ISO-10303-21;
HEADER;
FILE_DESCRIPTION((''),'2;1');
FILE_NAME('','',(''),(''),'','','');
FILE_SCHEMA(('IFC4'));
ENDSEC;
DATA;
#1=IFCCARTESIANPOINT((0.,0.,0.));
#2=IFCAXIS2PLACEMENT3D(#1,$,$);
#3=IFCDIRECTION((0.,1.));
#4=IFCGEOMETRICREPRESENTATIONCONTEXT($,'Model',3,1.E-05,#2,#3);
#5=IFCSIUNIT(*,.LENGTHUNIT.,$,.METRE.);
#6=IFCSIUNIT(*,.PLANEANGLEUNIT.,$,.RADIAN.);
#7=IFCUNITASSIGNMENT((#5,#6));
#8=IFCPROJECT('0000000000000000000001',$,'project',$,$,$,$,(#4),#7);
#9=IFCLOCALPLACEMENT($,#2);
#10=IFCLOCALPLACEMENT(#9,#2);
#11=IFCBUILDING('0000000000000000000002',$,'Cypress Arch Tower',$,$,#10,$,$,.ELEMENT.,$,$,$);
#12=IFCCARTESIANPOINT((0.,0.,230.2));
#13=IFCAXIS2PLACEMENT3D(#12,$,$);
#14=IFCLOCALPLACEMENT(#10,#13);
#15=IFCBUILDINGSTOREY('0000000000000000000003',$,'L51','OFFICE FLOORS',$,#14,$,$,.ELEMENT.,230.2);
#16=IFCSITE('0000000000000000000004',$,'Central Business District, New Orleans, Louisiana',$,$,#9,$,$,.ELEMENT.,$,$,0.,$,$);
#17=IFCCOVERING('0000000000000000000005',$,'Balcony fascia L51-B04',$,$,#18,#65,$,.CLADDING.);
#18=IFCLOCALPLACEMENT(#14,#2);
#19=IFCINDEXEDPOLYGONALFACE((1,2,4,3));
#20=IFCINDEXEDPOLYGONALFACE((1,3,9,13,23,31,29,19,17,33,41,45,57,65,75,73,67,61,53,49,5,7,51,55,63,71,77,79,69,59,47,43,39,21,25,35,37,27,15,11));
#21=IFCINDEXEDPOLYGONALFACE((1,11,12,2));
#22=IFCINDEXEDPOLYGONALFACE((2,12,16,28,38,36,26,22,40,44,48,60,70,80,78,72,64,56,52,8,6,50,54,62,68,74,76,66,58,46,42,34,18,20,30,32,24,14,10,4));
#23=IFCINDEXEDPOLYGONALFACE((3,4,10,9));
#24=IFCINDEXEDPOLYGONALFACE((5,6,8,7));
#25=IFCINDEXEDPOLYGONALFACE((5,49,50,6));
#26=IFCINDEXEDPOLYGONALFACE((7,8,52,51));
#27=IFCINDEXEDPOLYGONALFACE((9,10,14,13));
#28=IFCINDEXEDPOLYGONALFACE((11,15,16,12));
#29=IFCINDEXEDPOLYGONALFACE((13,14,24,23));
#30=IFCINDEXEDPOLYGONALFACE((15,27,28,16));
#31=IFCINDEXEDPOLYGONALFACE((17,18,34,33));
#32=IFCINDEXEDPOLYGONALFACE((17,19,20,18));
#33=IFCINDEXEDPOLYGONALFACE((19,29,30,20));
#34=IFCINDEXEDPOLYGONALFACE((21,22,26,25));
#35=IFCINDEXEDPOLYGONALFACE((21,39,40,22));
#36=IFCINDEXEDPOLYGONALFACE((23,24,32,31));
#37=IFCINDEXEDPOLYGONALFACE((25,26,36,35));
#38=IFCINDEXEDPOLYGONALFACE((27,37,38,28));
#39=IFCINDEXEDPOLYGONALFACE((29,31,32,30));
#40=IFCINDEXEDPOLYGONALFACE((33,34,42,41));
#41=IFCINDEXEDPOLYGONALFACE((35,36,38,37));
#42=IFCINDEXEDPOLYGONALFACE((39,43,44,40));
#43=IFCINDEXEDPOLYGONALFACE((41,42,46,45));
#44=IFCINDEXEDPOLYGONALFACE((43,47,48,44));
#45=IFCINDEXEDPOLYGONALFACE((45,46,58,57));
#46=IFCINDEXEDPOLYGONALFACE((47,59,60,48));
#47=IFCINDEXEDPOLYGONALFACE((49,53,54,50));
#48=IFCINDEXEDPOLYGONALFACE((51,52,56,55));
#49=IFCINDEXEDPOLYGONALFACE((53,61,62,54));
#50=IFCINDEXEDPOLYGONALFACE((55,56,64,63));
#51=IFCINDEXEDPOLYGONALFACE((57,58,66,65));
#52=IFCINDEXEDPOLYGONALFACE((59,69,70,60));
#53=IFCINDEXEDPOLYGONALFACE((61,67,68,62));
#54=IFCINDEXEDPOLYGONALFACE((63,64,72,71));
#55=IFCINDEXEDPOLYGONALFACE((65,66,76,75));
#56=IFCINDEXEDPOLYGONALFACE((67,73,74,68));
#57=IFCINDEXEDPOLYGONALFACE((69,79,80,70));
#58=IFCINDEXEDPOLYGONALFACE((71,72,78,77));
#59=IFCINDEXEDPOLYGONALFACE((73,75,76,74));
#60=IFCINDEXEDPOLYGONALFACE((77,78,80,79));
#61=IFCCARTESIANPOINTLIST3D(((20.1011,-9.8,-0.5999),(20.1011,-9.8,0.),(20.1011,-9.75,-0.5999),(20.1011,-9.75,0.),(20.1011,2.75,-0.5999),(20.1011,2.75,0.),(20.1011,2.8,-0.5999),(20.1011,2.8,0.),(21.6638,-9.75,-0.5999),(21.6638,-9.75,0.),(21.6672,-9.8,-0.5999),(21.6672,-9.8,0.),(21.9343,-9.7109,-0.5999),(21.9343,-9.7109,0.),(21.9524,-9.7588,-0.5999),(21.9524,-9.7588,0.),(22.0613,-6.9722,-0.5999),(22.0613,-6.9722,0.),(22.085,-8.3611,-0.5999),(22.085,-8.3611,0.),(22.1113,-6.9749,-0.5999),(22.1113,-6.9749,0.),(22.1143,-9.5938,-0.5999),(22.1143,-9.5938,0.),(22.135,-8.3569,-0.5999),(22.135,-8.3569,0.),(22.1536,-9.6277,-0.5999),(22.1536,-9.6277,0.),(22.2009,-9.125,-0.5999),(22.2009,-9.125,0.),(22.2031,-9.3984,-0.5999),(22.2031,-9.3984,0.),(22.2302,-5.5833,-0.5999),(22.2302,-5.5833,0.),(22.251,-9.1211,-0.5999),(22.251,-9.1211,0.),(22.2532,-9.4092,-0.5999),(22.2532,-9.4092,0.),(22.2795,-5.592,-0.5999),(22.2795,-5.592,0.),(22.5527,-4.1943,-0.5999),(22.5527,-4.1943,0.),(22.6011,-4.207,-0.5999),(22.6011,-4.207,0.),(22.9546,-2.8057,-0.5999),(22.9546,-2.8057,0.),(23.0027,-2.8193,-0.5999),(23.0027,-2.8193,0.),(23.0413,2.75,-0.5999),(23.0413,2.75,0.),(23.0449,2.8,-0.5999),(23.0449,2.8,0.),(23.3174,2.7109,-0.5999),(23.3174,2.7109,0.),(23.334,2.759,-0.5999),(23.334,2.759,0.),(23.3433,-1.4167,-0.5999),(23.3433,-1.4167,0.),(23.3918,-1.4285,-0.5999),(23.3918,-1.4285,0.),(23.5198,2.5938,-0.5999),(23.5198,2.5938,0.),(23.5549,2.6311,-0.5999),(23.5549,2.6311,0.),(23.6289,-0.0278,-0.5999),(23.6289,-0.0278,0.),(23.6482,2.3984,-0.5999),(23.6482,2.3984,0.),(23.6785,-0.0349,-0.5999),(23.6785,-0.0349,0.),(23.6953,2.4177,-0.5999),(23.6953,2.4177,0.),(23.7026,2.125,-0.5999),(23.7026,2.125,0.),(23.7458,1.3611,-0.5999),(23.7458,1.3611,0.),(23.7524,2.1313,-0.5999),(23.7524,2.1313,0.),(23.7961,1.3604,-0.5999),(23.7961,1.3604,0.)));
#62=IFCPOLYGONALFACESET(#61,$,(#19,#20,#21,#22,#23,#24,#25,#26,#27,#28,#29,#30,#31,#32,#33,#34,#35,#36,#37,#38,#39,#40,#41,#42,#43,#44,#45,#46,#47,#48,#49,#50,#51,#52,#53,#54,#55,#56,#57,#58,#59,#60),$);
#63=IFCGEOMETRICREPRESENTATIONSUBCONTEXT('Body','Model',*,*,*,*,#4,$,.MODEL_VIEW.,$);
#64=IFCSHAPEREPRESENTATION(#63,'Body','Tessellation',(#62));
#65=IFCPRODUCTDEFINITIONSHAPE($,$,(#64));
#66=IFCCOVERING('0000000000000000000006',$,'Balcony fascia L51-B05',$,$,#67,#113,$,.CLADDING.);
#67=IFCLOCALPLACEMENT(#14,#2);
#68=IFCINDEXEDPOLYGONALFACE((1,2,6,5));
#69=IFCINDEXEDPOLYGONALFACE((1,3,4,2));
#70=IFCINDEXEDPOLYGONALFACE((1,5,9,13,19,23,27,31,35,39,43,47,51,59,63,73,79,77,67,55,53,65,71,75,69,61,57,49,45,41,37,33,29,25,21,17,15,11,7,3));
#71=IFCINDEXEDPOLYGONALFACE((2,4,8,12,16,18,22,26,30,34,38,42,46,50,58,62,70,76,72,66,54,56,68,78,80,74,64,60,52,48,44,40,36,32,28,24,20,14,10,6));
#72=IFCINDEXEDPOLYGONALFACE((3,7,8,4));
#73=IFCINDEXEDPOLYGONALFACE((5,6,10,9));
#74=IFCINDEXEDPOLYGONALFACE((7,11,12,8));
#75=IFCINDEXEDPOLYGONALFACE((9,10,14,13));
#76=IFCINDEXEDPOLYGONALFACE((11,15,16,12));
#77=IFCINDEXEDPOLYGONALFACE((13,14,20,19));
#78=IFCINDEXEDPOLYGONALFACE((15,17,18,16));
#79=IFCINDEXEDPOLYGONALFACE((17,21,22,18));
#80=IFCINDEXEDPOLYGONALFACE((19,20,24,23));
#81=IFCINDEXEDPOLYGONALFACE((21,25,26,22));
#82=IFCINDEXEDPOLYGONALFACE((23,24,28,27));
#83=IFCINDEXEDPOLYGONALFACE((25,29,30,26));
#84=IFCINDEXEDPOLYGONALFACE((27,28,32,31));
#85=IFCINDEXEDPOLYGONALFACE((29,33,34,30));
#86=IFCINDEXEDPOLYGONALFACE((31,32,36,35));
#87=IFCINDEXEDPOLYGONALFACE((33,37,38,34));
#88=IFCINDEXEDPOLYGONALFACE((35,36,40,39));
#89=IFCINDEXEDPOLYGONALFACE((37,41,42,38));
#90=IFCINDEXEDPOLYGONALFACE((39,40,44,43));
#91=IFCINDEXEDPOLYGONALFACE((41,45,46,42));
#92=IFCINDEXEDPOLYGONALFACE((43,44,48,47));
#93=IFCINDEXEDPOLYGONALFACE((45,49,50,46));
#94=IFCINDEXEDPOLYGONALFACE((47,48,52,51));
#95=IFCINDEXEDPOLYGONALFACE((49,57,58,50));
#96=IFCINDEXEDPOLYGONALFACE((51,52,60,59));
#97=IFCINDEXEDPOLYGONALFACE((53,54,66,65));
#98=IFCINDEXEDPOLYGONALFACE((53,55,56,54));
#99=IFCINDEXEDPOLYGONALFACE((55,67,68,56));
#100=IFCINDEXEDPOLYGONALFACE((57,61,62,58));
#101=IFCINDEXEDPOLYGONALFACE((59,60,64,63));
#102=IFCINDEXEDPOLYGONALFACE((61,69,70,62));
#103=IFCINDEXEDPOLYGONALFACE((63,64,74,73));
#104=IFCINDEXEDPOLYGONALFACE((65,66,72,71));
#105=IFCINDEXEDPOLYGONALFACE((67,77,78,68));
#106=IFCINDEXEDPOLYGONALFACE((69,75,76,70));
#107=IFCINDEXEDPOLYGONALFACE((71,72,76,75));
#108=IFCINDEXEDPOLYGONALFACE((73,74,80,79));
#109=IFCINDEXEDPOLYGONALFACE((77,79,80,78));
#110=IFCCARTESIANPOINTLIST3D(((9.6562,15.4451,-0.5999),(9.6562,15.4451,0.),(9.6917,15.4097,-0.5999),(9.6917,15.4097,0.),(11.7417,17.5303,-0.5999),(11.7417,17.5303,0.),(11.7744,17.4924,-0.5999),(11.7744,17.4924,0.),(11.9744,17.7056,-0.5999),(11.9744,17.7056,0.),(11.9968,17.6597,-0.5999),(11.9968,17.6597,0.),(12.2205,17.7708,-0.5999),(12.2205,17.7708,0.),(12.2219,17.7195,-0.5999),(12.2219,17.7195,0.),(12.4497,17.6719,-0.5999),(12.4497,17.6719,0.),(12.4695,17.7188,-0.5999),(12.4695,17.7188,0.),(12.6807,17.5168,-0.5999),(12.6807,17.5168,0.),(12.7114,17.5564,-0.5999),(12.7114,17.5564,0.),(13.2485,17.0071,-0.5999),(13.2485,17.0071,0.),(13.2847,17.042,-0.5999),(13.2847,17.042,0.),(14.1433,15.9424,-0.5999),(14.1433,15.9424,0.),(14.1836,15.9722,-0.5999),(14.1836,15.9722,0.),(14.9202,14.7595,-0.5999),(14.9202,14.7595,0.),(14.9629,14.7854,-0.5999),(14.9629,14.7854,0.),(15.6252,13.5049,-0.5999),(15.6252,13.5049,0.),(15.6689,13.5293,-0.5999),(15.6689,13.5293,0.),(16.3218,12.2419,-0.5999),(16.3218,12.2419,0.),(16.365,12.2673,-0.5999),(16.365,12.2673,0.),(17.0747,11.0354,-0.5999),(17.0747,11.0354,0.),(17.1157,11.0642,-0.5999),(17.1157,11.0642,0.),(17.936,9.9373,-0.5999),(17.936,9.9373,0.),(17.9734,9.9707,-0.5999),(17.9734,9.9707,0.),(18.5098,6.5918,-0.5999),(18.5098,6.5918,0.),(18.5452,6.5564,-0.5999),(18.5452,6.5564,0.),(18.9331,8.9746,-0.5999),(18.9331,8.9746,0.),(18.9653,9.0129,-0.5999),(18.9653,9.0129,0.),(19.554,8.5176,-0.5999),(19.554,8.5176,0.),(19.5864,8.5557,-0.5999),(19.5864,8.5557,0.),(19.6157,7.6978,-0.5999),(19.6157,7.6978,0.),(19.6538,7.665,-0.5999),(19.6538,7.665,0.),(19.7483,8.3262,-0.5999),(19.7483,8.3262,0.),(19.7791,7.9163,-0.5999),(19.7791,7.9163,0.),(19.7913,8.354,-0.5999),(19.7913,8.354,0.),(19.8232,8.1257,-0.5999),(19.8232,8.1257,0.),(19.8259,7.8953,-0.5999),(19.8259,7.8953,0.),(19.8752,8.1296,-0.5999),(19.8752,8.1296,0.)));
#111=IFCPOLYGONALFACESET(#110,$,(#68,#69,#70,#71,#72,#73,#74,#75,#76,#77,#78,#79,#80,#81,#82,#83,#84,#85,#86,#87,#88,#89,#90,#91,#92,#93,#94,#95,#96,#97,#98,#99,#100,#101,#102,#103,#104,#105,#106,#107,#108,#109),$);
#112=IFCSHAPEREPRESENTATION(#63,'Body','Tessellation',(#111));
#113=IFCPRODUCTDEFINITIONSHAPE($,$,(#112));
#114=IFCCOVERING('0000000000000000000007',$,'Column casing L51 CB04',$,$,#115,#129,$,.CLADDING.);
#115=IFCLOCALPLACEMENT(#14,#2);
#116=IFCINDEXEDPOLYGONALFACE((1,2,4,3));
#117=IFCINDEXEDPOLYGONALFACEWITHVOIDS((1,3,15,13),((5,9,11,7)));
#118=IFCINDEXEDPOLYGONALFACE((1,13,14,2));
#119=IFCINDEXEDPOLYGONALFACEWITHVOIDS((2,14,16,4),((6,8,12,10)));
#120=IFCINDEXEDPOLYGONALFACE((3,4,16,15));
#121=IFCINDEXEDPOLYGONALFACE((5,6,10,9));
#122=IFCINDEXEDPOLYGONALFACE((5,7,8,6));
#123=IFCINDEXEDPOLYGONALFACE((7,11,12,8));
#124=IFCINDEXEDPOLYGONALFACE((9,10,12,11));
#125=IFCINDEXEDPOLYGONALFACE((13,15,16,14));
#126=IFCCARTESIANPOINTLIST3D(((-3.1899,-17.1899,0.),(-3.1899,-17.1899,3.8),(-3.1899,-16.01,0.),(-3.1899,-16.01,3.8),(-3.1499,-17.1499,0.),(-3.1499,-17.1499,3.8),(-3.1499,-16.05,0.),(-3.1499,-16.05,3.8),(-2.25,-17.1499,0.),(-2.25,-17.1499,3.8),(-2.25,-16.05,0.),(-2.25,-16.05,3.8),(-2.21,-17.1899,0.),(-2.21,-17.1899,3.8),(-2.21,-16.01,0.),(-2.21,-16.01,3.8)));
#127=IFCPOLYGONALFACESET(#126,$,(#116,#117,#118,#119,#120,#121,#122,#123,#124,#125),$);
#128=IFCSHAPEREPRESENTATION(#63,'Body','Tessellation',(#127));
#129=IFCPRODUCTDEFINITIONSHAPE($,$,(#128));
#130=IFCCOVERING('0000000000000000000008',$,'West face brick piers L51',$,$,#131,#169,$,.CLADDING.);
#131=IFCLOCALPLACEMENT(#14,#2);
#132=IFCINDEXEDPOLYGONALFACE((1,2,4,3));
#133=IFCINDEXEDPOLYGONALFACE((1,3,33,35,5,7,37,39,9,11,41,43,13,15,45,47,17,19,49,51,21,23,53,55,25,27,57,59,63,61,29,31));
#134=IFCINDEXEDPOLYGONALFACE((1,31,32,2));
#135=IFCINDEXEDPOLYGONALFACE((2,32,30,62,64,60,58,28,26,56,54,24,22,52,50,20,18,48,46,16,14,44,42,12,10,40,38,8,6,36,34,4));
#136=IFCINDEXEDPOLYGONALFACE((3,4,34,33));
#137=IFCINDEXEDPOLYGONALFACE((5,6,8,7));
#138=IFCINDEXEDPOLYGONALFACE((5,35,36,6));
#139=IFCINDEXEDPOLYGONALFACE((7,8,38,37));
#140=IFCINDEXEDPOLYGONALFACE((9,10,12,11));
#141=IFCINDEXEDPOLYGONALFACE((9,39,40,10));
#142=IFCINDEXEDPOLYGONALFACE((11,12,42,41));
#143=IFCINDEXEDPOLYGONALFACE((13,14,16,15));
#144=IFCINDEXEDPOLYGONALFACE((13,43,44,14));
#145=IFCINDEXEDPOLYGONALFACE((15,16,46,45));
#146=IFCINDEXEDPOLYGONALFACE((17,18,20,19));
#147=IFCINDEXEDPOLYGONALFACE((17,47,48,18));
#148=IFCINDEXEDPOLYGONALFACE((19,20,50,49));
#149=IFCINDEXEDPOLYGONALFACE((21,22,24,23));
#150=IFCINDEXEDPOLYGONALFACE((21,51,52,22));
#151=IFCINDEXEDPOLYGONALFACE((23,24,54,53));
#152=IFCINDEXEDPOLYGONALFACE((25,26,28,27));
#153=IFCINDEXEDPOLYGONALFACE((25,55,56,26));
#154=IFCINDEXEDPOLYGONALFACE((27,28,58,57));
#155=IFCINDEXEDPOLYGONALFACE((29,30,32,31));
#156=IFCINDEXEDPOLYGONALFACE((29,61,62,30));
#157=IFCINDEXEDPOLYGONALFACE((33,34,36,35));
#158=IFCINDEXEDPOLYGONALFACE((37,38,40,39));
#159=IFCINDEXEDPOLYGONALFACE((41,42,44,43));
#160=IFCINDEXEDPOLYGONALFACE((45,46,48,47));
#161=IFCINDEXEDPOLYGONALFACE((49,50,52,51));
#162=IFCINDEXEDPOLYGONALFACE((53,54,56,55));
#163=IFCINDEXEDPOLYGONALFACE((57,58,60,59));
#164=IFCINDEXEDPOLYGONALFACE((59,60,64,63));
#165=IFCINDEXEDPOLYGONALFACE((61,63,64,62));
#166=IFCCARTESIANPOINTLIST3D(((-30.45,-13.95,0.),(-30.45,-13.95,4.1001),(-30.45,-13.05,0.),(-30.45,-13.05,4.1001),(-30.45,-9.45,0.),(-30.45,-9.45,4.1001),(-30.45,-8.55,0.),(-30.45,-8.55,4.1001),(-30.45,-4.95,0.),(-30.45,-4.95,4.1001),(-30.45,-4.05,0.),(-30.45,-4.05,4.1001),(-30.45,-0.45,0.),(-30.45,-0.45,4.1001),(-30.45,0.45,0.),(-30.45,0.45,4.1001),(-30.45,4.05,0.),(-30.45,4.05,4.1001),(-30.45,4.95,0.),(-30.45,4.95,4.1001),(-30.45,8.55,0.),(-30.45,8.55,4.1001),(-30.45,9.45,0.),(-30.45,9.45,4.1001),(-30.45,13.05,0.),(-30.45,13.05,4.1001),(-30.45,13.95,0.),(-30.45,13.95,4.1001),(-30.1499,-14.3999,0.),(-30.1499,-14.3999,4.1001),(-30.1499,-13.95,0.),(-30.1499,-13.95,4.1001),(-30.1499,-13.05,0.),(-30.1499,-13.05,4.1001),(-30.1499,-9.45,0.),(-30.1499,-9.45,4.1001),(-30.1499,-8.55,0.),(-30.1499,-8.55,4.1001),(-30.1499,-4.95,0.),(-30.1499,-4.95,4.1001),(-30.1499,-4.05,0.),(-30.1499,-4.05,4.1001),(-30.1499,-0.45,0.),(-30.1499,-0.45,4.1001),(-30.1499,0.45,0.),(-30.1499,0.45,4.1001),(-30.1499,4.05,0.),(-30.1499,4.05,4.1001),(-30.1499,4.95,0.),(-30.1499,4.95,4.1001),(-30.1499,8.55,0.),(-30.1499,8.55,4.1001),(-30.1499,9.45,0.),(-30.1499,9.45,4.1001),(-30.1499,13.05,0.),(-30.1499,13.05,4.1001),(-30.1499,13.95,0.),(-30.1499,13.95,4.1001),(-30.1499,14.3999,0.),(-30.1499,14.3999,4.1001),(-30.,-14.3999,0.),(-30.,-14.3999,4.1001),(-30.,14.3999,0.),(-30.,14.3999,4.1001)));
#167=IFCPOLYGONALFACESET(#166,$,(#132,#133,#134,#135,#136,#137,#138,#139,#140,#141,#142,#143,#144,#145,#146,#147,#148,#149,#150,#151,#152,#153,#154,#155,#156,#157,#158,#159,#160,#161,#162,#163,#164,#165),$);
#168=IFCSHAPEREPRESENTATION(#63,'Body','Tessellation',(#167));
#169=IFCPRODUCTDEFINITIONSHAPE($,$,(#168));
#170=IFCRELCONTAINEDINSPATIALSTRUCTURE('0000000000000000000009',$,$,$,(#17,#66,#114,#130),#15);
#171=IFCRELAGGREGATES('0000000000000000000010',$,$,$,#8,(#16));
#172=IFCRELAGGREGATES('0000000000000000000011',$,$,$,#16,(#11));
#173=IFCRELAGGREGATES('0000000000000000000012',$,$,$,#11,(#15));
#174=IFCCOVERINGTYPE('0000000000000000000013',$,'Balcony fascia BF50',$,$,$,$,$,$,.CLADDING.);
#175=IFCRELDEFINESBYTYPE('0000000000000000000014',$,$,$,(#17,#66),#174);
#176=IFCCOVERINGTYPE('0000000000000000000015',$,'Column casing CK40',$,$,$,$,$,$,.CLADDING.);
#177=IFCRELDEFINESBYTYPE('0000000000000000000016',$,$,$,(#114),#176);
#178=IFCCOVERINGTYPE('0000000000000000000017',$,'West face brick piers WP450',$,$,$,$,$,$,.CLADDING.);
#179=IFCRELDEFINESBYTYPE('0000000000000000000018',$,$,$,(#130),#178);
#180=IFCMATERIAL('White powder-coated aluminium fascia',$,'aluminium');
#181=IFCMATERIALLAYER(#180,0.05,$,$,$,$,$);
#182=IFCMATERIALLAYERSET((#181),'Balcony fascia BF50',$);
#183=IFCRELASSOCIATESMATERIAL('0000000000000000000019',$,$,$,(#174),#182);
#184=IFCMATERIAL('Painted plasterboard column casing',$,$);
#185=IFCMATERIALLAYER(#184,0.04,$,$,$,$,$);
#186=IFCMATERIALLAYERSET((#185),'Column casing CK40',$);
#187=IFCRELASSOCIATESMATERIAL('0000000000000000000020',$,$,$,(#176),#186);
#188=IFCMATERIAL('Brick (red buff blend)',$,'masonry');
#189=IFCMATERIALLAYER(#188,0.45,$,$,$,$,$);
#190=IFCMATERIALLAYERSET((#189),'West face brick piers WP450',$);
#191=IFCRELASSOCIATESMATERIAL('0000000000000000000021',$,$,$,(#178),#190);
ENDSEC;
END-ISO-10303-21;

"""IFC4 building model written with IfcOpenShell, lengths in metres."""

from ifc_helpers import new_model, si_unit, direction, frame, origin, place, context, subcontext, project, spatial, polyline, outline, extrude, material, layer, layer_set, type_object, element, save


model = new_model("IFC4")

# Units and contexts
model_context = context("Model", 3, precision=1e-05, world=origin(), true_north=direction((0.0, 1.0)))
body_context = subcontext(model_context, "Body", "Model", "MODEL_VIEW")
ifc_project = project(units=[si_unit("LENGTHUNIT", "METRE"), si_unit("PLANEANGLEUNIT", "RADIAN")], contexts=[model_context])

# Site, building, storey
site_placement = place(None, origin())
site = spatial("IfcSite", under=ifc_project, at=site_placement, Name="Central Business District, New Orleans, Louisiana", CompositionType="ELEMENT", RefElevation=0.0)
building_placement = place(site_placement, origin())
building = spatial("IfcBuilding", under=site, at=building_placement, Name="Cypress Arch Tower", CompositionType="ELEMENT")
storey_placement = place(building_placement, frame((0.0, 0.0, 230.2)))
storey = spatial("IfcBuildingStorey", under=building, at=storey_placement, Name="L51", Description="OFFICE FLOORS", CompositionType="ELEMENT", Elevation=230.2)

# Coverings
ifc_material_1 = material(Name="White powder-coated aluminium fascia", Category="aluminium")
ifc_layer_1 = layer(ifc_material_1, 0.05)
ifc_layer_set_1 = layer_set([ifc_layer_1], Name="Balcony fascia BF50")
covering_type_1 = type_object("IfcCoveringType", Name="Balcony fascia BF50", PredefinedType="CLADDING", material=ifc_layer_set_1)
covering_1_placement = place(storey_placement, frame((0.0, 0.0, -0.5999)))
element("IfcCovering", 1, at=covering_1_placement, inside=storey, type_object=covering_type_1, Name="Balcony fascia L51-B04", PredefinedType="CLADDING", context=body_context, shape_type="SweptSolid", body=[
    extrude(outline(polyline([(23.0449, 2.8), (23.334, 2.759), (23.5549, 2.6311), (23.6953, 2.4177), (23.7524, 2.1313), (23.7961, 1.3604), (23.6785, -0.0349), (23.3918, -1.4285), (23.0027, -2.8193), (22.6011, -4.207), (22.2795, -5.592), (22.1113, -6.9749), (22.135, -8.3569), (22.251, -9.1211), (22.2532, -9.4092), (22.1536, -9.6277), (21.9524, -9.7588), (21.6672, -9.8), (20.1011, -9.8), (20.1011, -9.75), (21.6638, -9.75), (21.9343, -9.7109), (22.1143, -9.5938), (22.2031, -9.3984), (22.2009, -9.125), (22.085, -8.3611), (22.0613, -6.9722), (22.2302, -5.5833), (22.5527, -4.1943), (22.9546, -2.8057), (23.3433, -1.4167), (23.6289, -0.0278), (23.7458, 1.3611), (23.7026, 2.125), (23.6482, 2.3984), (23.5198, 2.5938), (23.3174, 2.7109), (23.0413, 2.75), (20.1011, 2.75), (20.1011, 2.8), (23.0449, 2.8)])), origin(), (0.0, 0.0, 1.0), 0.5999),
])
covering_2_placement = place(storey_placement, frame((0.0, 0.0, -0.5999)))
element("IfcCovering", 2, at=covering_2_placement, inside=storey, type_object=covering_type_1, Name="Balcony fascia L51-B05", PredefinedType="CLADDING", context=body_context, shape_type="SweptSolid", body=[
    extrude(outline(polyline([(11.7417, 17.5303), (11.9744, 17.7056), (12.2205, 17.7708), (12.4695, 17.7188), (12.7114, 17.5564), (13.2847, 17.042), (14.1836, 15.9722), (14.9629, 14.7854), (15.6689, 13.5293), (16.365, 12.2673), (17.1157, 11.0642), (17.9734, 9.9707), (18.9653, 9.0129), (19.5864, 8.5557), (19.7913, 8.354), (19.8752, 8.1296), (19.8259, 7.8953), (19.6538, 7.665), (18.5452, 6.5564), (18.5098, 6.5918), (19.6157, 7.6978), (19.7791, 7.9163), (19.8232, 8.1257), (19.7483, 8.3262), (19.554, 8.5176), (18.9331, 8.9746), (17.936, 9.9373), (17.0747, 11.0354), (16.3218, 12.2419), (15.6252, 13.5049), (14.9202, 14.7595), (14.1433, 15.9424), (13.2485, 17.0071), (12.6807, 17.5168), (12.4497, 17.6719), (12.2219, 17.7195), (11.9968, 17.6597), (11.7744, 17.4924), (9.6917, 15.4097), (9.6562, 15.4451), (11.7417, 17.5303)])), origin(), (0.0, 0.0, 1.0), 0.5999),
])
ifc_material_2 = material(Name="Painted plasterboard column casing")
ifc_layer_2 = layer(ifc_material_2, 0.04)
ifc_layer_set_2 = layer_set([ifc_layer_2], Name="Column casing CK40")
covering_type_2 = type_object("IfcCoveringType", Name="Column casing CK40", PredefinedType="CLADDING", material=ifc_layer_set_2)
covering_3_placement = place(storey_placement, origin())
element("IfcCovering", 3, at=covering_3_placement, inside=storey, type_object=covering_type_2, Name="Column casing L51 CB04", PredefinedType="CLADDING", context=body_context, shape_type="SweptSolid", body=[
    extrude(outline(polyline([(-3.1899, -17.1899), (-3.1899, -16.01), (-2.21, -16.01), (-2.21, -17.1899), (-3.1899, -17.1899)]), holes=[polyline([(-3.1499, -17.1499), (-2.25, -17.1499), (-2.25, -16.05), (-3.1499, -16.05), (-3.1499, -17.1499)])]), origin(), (0.0, 0.0, 1.0), 3.8),
])
ifc_material_3 = material(Name="Brick (red buff blend)", Category="masonry")
ifc_layer_3 = layer(ifc_material_3, 0.45)
ifc_layer_set_3 = layer_set([ifc_layer_3], Name="West face brick piers WP450")
covering_type_3 = type_object("IfcCoveringType", Name="West face brick piers WP450", PredefinedType="CLADDING", material=ifc_layer_set_3)
covering_4_placement = place(storey_placement, origin())
element("IfcCovering", 4, at=covering_4_placement, inside=storey, type_object=covering_type_3, Name="West face brick piers L51", PredefinedType="CLADDING", context=body_context, shape_type="SweptSolid", body=[
    extrude(outline(polyline([(-30.1499, -13.05), (-30.1499, -9.45), (-30.45, -9.45), (-30.45, -8.55), (-30.1499, -8.55), (-30.1499, -4.95), (-30.45, -4.95), (-30.45, -4.05), (-30.1499, -4.05), (-30.1499, -0.45), (-30.45, -0.45), (-30.45, 0.45), (-30.1499, 0.45), (-30.1499, 4.05), (-30.45, 4.05), (-30.45, 4.95), (-30.1499, 4.95), (-30.1499, 8.55), (-30.45, 8.55), (-30.45, 9.45), (-30.1499, 9.45), (-30.1499, 13.05), (-30.45, 13.05), (-30.45, 13.95), (-30.1499, 13.95), (-30.1499, 14.3999), (-30.0, 14.3999), (-30.0, -14.3999), (-30.1499, -14.3999), (-30.1499, -13.95), (-30.45, -13.95), (-30.45, -13.05), (-30.1499, -13.05)])), origin(), (0.0, 0.0, 1.0), 4.1001),
])

save(model, "model.ifc")
